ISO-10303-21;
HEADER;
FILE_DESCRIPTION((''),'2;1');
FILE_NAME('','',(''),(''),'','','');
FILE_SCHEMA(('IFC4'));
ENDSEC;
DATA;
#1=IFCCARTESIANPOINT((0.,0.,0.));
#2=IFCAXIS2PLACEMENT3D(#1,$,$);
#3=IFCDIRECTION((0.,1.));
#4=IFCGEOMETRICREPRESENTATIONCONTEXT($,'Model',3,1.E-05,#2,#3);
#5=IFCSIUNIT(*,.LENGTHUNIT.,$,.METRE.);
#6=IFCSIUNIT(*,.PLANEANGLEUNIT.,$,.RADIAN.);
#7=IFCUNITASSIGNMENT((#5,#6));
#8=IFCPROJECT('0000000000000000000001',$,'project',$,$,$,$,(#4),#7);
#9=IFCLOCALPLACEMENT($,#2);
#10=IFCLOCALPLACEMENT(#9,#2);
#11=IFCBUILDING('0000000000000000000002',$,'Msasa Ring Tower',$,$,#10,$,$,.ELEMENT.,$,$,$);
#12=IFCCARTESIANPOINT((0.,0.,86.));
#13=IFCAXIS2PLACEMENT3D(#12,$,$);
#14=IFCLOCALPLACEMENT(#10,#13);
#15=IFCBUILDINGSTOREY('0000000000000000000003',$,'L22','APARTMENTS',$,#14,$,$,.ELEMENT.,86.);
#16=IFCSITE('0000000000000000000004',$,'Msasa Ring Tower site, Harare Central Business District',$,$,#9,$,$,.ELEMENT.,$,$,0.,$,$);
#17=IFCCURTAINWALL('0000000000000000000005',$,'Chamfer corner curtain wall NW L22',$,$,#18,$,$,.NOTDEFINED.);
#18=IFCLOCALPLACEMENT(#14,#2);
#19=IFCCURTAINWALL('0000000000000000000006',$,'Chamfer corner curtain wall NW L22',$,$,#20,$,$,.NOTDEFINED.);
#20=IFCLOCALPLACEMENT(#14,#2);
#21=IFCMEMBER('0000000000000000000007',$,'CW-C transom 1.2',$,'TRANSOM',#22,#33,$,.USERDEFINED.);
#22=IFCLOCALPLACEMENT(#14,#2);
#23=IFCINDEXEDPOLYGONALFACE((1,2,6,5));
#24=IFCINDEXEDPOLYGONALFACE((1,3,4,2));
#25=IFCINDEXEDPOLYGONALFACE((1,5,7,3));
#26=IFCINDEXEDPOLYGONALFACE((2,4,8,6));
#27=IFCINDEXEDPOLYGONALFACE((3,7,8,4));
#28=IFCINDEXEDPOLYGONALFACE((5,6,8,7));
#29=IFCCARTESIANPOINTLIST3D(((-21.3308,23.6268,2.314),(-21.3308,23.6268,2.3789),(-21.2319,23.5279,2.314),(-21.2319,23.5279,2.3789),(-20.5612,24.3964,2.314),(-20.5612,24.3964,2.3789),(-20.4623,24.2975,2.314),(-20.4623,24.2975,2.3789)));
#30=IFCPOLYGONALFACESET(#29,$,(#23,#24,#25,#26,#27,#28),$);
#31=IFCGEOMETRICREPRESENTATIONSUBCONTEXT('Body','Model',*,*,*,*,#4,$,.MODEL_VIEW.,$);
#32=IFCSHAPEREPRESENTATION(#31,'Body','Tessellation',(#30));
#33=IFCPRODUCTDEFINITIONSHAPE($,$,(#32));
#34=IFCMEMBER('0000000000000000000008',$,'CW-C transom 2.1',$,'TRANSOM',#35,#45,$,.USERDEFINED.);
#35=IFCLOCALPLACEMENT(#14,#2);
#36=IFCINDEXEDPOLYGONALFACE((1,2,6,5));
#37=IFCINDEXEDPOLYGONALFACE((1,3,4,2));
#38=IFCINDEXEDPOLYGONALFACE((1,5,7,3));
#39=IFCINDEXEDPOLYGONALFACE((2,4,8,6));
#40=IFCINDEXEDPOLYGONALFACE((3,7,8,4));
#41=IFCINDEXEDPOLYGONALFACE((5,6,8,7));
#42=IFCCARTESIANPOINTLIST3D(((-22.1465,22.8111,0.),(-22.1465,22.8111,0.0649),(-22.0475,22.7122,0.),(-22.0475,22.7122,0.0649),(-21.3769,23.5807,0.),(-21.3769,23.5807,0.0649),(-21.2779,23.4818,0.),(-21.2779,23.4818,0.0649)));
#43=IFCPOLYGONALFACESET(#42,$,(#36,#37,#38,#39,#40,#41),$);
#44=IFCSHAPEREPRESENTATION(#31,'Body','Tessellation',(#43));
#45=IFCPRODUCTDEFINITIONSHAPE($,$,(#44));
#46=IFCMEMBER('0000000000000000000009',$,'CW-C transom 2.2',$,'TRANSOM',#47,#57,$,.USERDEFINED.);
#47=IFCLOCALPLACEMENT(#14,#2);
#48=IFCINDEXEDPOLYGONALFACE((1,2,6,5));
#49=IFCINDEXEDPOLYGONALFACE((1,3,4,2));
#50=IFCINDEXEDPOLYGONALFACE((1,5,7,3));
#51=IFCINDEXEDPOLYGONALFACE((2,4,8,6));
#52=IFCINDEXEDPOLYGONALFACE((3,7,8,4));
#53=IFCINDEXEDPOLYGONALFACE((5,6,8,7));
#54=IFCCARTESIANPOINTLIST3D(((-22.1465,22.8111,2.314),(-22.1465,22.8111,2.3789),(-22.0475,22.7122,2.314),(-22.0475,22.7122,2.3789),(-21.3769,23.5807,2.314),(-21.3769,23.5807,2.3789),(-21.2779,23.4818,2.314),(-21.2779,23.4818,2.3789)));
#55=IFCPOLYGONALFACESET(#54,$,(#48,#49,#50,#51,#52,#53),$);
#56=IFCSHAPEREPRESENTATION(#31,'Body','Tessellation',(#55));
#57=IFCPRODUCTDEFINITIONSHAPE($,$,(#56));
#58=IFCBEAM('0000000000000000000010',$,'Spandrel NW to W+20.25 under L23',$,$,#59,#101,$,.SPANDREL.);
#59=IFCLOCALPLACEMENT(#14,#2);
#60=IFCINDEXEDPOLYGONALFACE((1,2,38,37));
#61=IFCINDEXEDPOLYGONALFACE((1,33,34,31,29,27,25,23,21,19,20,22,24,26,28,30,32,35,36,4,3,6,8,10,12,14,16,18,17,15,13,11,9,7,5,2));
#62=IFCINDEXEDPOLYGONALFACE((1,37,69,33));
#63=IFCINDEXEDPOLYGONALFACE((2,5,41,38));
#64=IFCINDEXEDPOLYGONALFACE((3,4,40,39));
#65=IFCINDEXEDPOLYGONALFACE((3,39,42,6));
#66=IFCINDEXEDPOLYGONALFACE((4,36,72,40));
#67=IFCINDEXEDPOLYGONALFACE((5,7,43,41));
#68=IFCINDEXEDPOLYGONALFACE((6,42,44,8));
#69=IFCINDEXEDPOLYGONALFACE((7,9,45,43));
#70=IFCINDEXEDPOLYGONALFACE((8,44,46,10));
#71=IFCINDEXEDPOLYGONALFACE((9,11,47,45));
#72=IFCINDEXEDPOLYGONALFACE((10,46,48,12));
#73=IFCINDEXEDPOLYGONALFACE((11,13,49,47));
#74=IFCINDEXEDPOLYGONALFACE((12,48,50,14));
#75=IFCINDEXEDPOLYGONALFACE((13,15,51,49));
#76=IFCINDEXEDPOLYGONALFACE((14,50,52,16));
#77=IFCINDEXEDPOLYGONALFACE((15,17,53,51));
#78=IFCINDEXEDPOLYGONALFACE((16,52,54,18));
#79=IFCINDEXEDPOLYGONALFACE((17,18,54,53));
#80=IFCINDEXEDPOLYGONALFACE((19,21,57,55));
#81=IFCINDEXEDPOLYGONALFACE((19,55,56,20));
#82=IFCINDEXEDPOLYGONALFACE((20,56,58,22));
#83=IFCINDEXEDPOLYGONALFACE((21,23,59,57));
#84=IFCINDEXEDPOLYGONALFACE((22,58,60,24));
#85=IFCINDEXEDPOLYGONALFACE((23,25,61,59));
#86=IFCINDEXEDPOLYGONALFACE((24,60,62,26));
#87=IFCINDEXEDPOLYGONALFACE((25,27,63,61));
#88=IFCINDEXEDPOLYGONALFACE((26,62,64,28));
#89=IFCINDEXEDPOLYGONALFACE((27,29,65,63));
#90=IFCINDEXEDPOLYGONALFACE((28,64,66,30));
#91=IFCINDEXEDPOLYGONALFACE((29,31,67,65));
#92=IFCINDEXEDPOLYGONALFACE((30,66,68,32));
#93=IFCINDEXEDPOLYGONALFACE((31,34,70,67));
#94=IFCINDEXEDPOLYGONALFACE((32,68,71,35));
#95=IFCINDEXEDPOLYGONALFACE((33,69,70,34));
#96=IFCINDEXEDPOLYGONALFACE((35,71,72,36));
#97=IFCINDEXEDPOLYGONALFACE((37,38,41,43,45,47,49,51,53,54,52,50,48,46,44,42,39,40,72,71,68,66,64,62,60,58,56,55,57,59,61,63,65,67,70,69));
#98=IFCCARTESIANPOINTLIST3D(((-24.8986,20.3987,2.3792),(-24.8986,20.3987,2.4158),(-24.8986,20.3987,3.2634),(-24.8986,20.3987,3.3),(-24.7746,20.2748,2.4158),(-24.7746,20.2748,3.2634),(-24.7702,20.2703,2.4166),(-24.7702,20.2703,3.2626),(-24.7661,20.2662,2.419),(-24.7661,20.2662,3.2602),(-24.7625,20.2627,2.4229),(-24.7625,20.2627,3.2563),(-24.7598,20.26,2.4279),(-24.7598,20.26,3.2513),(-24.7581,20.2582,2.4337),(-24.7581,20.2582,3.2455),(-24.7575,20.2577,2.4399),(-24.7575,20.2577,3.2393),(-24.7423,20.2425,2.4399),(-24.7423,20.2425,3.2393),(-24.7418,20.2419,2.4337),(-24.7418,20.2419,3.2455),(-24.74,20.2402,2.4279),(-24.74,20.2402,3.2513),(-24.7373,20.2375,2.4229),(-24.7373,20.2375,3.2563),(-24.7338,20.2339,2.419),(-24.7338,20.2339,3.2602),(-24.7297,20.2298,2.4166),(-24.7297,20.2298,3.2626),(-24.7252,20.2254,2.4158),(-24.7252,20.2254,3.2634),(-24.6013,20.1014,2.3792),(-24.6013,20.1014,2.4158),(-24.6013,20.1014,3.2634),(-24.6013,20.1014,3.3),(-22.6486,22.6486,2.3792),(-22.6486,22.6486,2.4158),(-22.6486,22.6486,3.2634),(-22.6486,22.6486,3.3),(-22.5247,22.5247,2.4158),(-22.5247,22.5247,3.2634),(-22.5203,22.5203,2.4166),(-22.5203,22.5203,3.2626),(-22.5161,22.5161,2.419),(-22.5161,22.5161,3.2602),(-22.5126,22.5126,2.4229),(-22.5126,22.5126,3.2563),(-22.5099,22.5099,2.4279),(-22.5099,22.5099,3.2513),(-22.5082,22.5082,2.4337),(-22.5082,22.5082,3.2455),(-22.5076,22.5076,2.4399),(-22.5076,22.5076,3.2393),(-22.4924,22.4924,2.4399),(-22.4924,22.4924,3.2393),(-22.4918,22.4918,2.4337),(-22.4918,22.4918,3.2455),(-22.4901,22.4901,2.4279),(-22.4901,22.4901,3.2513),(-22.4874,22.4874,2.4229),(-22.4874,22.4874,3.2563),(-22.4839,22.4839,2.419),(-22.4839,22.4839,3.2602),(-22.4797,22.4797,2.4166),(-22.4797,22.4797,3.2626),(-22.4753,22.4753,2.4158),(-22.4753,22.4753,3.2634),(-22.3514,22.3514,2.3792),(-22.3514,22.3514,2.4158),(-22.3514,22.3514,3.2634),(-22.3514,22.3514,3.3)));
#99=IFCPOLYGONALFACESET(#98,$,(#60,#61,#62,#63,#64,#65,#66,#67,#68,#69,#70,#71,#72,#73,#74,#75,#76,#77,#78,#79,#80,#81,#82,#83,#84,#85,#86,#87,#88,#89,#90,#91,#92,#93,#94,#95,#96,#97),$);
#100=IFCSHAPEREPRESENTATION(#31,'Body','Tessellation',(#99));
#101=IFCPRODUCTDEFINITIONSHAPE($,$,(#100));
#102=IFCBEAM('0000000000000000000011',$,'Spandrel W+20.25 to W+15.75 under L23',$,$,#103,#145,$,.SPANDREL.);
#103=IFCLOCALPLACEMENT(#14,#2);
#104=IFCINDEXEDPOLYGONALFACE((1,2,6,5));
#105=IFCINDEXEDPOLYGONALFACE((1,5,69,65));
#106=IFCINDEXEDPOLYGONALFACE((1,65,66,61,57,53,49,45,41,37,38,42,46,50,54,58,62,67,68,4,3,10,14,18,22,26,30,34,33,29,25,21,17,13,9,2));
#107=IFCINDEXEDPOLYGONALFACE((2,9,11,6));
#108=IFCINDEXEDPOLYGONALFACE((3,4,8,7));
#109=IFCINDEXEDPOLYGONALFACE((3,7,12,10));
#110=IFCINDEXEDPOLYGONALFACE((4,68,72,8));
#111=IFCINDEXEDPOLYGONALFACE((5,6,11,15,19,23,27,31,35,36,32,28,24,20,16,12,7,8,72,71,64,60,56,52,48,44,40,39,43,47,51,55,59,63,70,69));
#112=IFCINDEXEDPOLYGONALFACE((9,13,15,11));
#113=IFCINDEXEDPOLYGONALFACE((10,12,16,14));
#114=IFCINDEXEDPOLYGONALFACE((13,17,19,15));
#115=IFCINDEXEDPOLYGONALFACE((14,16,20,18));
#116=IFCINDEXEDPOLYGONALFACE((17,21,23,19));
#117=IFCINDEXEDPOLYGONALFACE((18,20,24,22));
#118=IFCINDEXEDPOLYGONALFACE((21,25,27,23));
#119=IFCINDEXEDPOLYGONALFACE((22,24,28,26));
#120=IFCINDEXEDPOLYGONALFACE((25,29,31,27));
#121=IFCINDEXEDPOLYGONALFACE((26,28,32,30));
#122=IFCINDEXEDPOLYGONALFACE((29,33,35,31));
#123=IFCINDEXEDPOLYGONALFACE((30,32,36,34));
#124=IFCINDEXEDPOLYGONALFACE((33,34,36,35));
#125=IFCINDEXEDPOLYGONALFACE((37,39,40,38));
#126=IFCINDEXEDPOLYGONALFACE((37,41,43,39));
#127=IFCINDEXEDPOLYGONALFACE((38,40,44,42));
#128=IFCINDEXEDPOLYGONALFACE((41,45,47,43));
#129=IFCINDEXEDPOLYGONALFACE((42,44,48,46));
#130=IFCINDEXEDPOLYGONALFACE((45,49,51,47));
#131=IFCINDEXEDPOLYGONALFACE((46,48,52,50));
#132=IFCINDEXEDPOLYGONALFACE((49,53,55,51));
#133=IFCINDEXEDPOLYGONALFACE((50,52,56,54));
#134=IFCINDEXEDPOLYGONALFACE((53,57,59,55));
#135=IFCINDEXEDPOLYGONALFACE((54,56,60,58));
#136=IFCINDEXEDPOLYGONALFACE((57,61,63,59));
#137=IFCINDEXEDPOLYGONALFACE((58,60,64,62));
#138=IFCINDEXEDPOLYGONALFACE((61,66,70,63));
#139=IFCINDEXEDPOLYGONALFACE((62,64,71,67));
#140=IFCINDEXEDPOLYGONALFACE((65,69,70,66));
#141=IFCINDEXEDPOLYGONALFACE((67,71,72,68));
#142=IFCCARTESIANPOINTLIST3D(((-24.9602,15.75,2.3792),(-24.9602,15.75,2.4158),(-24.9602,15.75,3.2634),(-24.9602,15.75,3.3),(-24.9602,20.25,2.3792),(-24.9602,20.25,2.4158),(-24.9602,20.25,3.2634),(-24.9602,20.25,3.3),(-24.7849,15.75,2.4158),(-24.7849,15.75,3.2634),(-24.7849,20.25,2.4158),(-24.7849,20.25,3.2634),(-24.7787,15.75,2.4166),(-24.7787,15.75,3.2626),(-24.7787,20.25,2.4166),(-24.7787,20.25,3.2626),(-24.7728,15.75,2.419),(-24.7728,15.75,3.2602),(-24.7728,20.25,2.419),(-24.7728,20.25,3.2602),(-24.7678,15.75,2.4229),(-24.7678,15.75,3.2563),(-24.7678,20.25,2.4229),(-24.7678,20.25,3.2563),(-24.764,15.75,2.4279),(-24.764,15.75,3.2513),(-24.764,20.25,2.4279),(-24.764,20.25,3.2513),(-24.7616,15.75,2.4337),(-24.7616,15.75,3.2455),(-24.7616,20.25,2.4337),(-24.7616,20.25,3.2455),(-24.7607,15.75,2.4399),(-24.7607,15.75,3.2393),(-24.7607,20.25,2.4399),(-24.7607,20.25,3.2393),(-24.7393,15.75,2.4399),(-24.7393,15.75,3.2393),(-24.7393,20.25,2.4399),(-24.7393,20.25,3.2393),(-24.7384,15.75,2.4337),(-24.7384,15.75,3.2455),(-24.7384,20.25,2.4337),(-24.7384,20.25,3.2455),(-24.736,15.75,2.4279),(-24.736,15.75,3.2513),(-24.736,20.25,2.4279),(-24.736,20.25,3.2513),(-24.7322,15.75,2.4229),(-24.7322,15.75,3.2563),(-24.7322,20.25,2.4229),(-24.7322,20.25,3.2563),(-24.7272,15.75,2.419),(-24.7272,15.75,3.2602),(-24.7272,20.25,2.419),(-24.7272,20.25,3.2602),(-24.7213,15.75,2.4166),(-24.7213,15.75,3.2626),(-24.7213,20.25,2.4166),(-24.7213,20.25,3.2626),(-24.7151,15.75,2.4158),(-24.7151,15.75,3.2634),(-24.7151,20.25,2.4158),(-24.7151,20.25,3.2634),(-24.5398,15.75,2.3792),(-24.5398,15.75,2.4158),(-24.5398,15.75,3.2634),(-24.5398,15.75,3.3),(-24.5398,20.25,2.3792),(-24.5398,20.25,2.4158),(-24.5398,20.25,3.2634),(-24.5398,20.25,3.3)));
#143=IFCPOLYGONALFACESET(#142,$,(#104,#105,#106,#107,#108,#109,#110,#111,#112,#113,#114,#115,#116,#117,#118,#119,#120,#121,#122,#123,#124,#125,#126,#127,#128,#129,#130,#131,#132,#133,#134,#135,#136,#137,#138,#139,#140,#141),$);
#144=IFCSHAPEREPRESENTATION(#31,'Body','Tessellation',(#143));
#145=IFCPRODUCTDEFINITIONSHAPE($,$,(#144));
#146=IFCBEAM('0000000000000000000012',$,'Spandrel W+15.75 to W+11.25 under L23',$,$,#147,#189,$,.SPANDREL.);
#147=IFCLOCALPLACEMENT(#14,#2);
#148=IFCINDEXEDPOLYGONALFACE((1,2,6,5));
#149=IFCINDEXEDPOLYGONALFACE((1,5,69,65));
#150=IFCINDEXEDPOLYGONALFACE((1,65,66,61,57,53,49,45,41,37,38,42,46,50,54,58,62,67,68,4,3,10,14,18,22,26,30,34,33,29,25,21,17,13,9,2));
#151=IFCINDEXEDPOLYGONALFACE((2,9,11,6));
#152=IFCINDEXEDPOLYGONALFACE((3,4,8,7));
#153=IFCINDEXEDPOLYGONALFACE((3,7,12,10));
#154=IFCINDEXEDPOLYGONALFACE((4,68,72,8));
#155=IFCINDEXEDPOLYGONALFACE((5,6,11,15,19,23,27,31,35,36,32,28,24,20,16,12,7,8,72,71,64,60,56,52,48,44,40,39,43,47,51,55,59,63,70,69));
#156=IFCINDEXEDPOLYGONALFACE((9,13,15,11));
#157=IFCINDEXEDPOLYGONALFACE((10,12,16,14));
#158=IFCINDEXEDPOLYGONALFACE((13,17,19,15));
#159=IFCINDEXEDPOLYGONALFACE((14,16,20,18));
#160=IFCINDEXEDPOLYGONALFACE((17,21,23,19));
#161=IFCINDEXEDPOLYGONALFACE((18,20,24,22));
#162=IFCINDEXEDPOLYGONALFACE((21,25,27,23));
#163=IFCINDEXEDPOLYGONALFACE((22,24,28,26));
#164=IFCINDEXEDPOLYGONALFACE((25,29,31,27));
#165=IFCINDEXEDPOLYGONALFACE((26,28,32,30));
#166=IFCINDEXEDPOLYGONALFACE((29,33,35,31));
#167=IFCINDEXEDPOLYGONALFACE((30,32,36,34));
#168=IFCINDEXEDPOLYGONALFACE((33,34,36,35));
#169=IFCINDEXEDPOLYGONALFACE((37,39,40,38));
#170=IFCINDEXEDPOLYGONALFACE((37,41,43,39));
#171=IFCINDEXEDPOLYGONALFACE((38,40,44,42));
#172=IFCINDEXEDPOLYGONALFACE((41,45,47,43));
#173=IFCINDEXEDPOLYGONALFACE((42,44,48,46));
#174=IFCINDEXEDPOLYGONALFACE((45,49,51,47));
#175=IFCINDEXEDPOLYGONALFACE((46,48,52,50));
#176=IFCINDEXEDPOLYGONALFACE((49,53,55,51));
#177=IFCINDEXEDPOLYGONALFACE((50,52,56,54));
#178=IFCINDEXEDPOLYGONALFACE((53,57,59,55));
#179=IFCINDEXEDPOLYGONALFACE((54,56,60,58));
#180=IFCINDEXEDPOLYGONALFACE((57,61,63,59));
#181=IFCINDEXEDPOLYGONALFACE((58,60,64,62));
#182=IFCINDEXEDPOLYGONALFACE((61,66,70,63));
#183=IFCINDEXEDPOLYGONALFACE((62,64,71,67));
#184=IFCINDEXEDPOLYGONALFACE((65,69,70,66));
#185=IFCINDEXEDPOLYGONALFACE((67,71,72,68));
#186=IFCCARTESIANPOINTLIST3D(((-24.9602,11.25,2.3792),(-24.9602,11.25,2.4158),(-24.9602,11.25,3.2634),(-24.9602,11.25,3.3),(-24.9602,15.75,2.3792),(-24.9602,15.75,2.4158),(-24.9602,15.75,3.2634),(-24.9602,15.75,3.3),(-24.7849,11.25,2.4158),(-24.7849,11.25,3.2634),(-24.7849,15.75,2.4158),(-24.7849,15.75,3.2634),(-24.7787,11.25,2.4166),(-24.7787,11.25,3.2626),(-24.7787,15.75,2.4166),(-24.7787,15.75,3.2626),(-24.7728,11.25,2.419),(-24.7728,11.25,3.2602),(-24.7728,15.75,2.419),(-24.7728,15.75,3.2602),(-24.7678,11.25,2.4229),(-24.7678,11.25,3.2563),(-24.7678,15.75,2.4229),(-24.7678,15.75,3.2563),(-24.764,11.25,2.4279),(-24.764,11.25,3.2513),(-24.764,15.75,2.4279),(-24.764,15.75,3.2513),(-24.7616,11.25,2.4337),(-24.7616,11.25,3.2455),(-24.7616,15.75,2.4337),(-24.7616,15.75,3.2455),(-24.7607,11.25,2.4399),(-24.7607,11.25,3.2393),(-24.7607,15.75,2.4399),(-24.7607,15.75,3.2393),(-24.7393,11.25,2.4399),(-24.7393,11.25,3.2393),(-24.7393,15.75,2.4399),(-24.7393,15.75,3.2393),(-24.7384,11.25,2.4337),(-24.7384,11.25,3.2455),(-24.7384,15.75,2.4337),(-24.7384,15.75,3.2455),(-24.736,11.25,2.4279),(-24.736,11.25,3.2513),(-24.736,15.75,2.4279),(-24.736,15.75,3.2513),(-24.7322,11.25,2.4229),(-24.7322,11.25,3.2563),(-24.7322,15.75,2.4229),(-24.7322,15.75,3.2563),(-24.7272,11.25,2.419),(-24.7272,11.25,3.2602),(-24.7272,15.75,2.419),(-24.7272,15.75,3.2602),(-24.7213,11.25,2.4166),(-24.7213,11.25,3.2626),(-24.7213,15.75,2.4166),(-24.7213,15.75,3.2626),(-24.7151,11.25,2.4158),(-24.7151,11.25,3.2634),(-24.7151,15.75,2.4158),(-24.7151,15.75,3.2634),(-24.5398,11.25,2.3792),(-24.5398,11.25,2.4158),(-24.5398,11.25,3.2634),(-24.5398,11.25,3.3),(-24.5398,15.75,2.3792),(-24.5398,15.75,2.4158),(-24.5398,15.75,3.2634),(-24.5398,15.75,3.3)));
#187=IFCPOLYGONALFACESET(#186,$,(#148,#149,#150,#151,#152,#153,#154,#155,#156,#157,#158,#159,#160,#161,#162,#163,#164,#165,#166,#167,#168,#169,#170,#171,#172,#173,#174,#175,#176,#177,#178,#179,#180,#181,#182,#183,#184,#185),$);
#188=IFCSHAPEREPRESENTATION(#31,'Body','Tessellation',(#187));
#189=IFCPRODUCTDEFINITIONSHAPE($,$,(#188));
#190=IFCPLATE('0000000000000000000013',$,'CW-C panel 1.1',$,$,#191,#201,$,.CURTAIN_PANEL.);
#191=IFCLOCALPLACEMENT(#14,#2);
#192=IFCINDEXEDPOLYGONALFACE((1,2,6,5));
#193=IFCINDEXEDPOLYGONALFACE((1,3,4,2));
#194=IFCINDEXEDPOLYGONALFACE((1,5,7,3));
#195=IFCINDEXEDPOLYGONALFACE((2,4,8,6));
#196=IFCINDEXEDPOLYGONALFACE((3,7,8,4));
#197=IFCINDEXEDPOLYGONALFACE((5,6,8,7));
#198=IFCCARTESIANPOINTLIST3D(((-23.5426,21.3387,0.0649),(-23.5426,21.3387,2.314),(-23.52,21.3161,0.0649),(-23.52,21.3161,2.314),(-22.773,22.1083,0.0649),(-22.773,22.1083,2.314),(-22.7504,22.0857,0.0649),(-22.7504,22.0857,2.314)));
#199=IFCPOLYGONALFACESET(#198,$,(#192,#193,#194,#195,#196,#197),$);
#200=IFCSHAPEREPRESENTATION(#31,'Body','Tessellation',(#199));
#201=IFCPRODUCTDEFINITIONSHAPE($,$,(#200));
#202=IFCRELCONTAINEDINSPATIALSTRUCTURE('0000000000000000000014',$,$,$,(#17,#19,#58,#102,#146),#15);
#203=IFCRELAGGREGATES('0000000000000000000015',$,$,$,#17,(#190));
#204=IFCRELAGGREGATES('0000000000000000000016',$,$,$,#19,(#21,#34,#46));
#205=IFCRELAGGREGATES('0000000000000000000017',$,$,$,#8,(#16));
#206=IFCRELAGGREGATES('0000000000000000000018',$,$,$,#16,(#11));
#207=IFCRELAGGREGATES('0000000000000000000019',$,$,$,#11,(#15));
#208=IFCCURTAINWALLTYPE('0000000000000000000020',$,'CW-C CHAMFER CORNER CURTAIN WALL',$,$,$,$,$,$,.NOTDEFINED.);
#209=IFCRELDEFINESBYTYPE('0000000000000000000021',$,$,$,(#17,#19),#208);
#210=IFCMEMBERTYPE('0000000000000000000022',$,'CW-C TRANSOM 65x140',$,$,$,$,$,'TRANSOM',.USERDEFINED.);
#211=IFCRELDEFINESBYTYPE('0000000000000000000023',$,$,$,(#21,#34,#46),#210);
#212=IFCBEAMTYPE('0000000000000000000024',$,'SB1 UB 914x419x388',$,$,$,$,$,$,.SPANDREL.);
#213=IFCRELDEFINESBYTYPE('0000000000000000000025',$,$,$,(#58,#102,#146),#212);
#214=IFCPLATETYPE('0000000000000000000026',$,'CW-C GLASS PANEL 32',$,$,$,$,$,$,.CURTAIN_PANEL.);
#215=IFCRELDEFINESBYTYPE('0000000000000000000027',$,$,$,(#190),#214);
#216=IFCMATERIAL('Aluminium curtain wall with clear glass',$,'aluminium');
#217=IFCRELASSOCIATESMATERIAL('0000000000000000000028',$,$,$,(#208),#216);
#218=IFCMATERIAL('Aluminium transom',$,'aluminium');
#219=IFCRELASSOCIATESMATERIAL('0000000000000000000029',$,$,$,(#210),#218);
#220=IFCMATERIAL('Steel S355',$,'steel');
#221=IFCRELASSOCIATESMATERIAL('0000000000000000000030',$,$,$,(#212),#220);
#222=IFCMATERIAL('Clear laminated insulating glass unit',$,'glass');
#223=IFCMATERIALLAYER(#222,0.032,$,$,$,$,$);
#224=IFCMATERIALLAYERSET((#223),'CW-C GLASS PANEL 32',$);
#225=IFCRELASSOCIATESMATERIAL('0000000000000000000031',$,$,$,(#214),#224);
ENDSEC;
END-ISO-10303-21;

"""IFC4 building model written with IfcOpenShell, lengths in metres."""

from ifc_helpers import new_model, si_unit, direction, frame, origin, origin_2d, place, context, subcontext, project, spatial, rectangle, i_section, extrude, material, layer, layer_set, material_profile, profile_set, type_object, element, aggregate, save


model = new_model("IFC4")

# Units and contexts
model_context = context("Model", 3, precision=1e-05, world=origin(), true_north=direction((0.0, 1.0)))
body_context = subcontext(model_context, "Body", "Model", "MODEL_VIEW")
ifc_project = project(units=[si_unit("LENGTHUNIT", "METRE"), si_unit("PLANEANGLEUNIT", "RADIAN")], contexts=[model_context])

# Site, building, storey
site_placement = place(None, origin())
site = spatial("IfcSite", under=ifc_project, at=site_placement, Name="Msasa Ring Tower site, Harare Central Business District", CompositionType="ELEMENT", RefElevation=0.0)
building_placement = place(site_placement, origin())
building = spatial("IfcBuilding", under=site, at=building_placement, Name="Msasa Ring Tower", CompositionType="ELEMENT")
storey_placement = place(building_placement, frame((0.0, 0.0, 86.0)))
storey = spatial("IfcBuildingStorey", under=building, at=storey_placement, Name="L22", Description="APARTMENTS", CompositionType="ELEMENT", Elevation=86.0)

# Curtain walls
ifc_material_1 = material(Name="Aluminium curtain wall with clear glass", Category="aluminium")
curtain_wall_type = type_object("IfcCurtainWallType", Name="CW-C CHAMFER CORNER CURTAIN WALL", PredefinedType="NOTDEFINED", material=ifc_material_1)
curtain_wall_1_placement = place(storey_placement, origin())
curtain_wall_1 = element("IfcCurtainWall", 1, at=curtain_wall_1_placement, inside=storey, type_object=curtain_wall_type, Name="Chamfer corner curtain wall NW L22", PredefinedType="NOTDEFINED")
curtain_wall_2_placement = place(storey_placement, origin())
curtain_wall_2 = element("IfcCurtainWall", 2, at=curtain_wall_2_placement, inside=storey, type_object=curtain_wall_type, Name="Chamfer corner curtain wall NW L22", PredefinedType="NOTDEFINED")

# Members
ifc_material_2 = material(Name="Aluminium transom", Category="aluminium")
ifc_material_profile_1 = material_profile(ifc_material_2, rectangle(XDim=0.1399, YDim=0.0649, at=origin_2d()), Name="AL 65x140")
ifc_profile_set_1 = profile_set([ifc_material_profile_1], Name="Aluminium transom")
member_type_1 = type_object("IfcMemberType", Name="CW-C TRANSOM 65x140", ElementType="TRANSOM", PredefinedType="USERDEFINED", material=ifc_profile_set_1)
member_1_placement = place(storey_placement, frame((-20.5117, 24.3469, 2.3464), z_axis=(-0.707107, -0.707107, 0.0), x_axis=(0.707107, -0.707107, 0.0)))
member_1 = element("IfcMember", 3, at=member_1_placement, type_object=member_type_1, Name="CW-C transom 1.2", ObjectType="TRANSOM", PredefinedType="USERDEFINED", context=body_context, shape_type="SweptSolid", body=[
    extrude(rectangle(XDim=0.1399, YDim=0.0649, at=origin_2d()), origin(), (0.0, 0.0, 1.0), 1.0884),
])
member_2_placement = place(storey_placement, frame((-21.3274, 23.5312, 0.0325), z_axis=(-0.707107, -0.707107, 0.0), x_axis=(0.707107, -0.707107, 0.0)))
member_2 = element("IfcMember", 4, at=member_2_placement, type_object=member_type_1, Name="CW-C transom 2.1", ObjectType="TRANSOM", PredefinedType="USERDEFINED", context=body_context, shape_type="SweptSolid", body=[
    extrude(rectangle(XDim=0.1399, YDim=0.0649, at=origin_2d()), origin(), (0.0, 0.0, 1.0), 1.0884),
])
member_3_placement = place(storey_placement, frame((-21.3274, 23.5312, 2.3464), z_axis=(-0.707107, -0.707107, 0.0), x_axis=(0.707107, -0.707107, 0.0)))
member_3 = element("IfcMember", 5, at=member_3_placement, type_object=member_type_1, Name="CW-C transom 2.2", ObjectType="TRANSOM", PredefinedType="USERDEFINED", context=body_context, shape_type="SweptSolid", body=[
    extrude(rectangle(XDim=0.1399, YDim=0.0649, at=origin_2d()), origin(), (0.0, 0.0, 1.0), 1.0884),
])

# Beams
ifc_material_3 = material(Name="Steel S355", Category="steel")
ifc_material_profile_2 = material_profile(ifc_material_3, i_section(OverallWidth=0.4204, OverallDepth=0.9209, WebThickness=0.0215, FlangeThickness=0.0366, FilletRadius=0.0242, at=origin_2d()), Name="UB 914x419x388")
ifc_profile_set_2 = profile_set([ifc_material_profile_2], Name="Steel S355")
beam_type = type_object("IfcBeamType", Name="SB1 UB 914x419x388", PredefinedType="SPANDREL", material=ifc_profile_set_2)
beam_placement = place(storey_placement, frame((-22.5, 22.5, 2.8396), z_axis=(-0.707107, -0.707107, 0.0), x_axis=(0.707107, -0.707107, 0.0)))
element("IfcBeam", 6, at=beam_placement, inside=storey, type_object=beam_type, Name="Spandrel NW to W+20.25 under L23", PredefinedType="SPANDREL", context=body_context, shape_type="SweptSolid", body=[
    extrude(i_section(OverallWidth=0.4204, OverallDepth=0.9209, WebThickness=0.0215, FlangeThickness=0.0366, FilletRadius=0.0242, at=origin_2d()), origin(), (0.0, 0.0, 1.0), 3.1819),
])
for number, where, z_axis, x_axis, name in (
    (7, (-24.75, 20.25, 2.8396), (0.0, -1.0, 0.0), (1.0, 0.0, 0.0), "Spandrel W+20.25 to W+15.75 under L23"),
    (8, (-24.75, 15.75, 2.8396), (0.0, -1.0, 0.0), (1.0, 0.0, 0.0), "Spandrel W+15.75 to W+11.25 under L23"),
):
    element("IfcBeam", number, at=place(storey_placement, frame(where, z_axis=z_axis, x_axis=x_axis)), inside=storey, type_object=beam_type, Name=name, PredefinedType="SPANDREL", context=body_context, shape_type="SweptSolid", body=[
        extrude(i_section(OverallWidth=0.4204, OverallDepth=0.9209, WebThickness=0.0215, FlangeThickness=0.0366, FilletRadius=0.0242, at=origin_2d()), origin(), (0.0, 0.0, 1.0), 4.5),
    ])

# Plate
ifc_material_4 = material(Name="Clear laminated insulating glass unit", Category="glass")
ifc_layer_1 = layer(ifc_material_4, 0.032)
ifc_layer_set_1 = layer_set([ifc_layer_1], Name="CW-C GLASS PANEL 32")
plate_type = type_object("IfcPlateType", Name="CW-C GLASS PANEL 32", PredefinedType="CURTAIN_PANEL", material=ifc_layer_set_1)
plate_1_placement = place(storey_placement, frame((-23.1465, 21.7122, 0.0649), z_axis=(0.0, 0.0, 1.0), x_axis=(-0.707107, -0.707107, 0.0)))
plate_1 = element("IfcPlate", 9, at=plate_1_placement, type_object=plate_type, Name="CW-C panel 1.1", PredefinedType="CURTAIN_PANEL", context=body_context, shape_type="SweptSolid", body=[
    extrude(rectangle(XDim=1.0884, YDim=0.032, at=origin_2d()), origin(), (0.0, 0.0, 1.0), 2.249),
])
aggregate(curtain_wall_1, [plate_1])
aggregate(curtain_wall_2, [member_1, member_2, member_3])

save(model, "model.ifc")
